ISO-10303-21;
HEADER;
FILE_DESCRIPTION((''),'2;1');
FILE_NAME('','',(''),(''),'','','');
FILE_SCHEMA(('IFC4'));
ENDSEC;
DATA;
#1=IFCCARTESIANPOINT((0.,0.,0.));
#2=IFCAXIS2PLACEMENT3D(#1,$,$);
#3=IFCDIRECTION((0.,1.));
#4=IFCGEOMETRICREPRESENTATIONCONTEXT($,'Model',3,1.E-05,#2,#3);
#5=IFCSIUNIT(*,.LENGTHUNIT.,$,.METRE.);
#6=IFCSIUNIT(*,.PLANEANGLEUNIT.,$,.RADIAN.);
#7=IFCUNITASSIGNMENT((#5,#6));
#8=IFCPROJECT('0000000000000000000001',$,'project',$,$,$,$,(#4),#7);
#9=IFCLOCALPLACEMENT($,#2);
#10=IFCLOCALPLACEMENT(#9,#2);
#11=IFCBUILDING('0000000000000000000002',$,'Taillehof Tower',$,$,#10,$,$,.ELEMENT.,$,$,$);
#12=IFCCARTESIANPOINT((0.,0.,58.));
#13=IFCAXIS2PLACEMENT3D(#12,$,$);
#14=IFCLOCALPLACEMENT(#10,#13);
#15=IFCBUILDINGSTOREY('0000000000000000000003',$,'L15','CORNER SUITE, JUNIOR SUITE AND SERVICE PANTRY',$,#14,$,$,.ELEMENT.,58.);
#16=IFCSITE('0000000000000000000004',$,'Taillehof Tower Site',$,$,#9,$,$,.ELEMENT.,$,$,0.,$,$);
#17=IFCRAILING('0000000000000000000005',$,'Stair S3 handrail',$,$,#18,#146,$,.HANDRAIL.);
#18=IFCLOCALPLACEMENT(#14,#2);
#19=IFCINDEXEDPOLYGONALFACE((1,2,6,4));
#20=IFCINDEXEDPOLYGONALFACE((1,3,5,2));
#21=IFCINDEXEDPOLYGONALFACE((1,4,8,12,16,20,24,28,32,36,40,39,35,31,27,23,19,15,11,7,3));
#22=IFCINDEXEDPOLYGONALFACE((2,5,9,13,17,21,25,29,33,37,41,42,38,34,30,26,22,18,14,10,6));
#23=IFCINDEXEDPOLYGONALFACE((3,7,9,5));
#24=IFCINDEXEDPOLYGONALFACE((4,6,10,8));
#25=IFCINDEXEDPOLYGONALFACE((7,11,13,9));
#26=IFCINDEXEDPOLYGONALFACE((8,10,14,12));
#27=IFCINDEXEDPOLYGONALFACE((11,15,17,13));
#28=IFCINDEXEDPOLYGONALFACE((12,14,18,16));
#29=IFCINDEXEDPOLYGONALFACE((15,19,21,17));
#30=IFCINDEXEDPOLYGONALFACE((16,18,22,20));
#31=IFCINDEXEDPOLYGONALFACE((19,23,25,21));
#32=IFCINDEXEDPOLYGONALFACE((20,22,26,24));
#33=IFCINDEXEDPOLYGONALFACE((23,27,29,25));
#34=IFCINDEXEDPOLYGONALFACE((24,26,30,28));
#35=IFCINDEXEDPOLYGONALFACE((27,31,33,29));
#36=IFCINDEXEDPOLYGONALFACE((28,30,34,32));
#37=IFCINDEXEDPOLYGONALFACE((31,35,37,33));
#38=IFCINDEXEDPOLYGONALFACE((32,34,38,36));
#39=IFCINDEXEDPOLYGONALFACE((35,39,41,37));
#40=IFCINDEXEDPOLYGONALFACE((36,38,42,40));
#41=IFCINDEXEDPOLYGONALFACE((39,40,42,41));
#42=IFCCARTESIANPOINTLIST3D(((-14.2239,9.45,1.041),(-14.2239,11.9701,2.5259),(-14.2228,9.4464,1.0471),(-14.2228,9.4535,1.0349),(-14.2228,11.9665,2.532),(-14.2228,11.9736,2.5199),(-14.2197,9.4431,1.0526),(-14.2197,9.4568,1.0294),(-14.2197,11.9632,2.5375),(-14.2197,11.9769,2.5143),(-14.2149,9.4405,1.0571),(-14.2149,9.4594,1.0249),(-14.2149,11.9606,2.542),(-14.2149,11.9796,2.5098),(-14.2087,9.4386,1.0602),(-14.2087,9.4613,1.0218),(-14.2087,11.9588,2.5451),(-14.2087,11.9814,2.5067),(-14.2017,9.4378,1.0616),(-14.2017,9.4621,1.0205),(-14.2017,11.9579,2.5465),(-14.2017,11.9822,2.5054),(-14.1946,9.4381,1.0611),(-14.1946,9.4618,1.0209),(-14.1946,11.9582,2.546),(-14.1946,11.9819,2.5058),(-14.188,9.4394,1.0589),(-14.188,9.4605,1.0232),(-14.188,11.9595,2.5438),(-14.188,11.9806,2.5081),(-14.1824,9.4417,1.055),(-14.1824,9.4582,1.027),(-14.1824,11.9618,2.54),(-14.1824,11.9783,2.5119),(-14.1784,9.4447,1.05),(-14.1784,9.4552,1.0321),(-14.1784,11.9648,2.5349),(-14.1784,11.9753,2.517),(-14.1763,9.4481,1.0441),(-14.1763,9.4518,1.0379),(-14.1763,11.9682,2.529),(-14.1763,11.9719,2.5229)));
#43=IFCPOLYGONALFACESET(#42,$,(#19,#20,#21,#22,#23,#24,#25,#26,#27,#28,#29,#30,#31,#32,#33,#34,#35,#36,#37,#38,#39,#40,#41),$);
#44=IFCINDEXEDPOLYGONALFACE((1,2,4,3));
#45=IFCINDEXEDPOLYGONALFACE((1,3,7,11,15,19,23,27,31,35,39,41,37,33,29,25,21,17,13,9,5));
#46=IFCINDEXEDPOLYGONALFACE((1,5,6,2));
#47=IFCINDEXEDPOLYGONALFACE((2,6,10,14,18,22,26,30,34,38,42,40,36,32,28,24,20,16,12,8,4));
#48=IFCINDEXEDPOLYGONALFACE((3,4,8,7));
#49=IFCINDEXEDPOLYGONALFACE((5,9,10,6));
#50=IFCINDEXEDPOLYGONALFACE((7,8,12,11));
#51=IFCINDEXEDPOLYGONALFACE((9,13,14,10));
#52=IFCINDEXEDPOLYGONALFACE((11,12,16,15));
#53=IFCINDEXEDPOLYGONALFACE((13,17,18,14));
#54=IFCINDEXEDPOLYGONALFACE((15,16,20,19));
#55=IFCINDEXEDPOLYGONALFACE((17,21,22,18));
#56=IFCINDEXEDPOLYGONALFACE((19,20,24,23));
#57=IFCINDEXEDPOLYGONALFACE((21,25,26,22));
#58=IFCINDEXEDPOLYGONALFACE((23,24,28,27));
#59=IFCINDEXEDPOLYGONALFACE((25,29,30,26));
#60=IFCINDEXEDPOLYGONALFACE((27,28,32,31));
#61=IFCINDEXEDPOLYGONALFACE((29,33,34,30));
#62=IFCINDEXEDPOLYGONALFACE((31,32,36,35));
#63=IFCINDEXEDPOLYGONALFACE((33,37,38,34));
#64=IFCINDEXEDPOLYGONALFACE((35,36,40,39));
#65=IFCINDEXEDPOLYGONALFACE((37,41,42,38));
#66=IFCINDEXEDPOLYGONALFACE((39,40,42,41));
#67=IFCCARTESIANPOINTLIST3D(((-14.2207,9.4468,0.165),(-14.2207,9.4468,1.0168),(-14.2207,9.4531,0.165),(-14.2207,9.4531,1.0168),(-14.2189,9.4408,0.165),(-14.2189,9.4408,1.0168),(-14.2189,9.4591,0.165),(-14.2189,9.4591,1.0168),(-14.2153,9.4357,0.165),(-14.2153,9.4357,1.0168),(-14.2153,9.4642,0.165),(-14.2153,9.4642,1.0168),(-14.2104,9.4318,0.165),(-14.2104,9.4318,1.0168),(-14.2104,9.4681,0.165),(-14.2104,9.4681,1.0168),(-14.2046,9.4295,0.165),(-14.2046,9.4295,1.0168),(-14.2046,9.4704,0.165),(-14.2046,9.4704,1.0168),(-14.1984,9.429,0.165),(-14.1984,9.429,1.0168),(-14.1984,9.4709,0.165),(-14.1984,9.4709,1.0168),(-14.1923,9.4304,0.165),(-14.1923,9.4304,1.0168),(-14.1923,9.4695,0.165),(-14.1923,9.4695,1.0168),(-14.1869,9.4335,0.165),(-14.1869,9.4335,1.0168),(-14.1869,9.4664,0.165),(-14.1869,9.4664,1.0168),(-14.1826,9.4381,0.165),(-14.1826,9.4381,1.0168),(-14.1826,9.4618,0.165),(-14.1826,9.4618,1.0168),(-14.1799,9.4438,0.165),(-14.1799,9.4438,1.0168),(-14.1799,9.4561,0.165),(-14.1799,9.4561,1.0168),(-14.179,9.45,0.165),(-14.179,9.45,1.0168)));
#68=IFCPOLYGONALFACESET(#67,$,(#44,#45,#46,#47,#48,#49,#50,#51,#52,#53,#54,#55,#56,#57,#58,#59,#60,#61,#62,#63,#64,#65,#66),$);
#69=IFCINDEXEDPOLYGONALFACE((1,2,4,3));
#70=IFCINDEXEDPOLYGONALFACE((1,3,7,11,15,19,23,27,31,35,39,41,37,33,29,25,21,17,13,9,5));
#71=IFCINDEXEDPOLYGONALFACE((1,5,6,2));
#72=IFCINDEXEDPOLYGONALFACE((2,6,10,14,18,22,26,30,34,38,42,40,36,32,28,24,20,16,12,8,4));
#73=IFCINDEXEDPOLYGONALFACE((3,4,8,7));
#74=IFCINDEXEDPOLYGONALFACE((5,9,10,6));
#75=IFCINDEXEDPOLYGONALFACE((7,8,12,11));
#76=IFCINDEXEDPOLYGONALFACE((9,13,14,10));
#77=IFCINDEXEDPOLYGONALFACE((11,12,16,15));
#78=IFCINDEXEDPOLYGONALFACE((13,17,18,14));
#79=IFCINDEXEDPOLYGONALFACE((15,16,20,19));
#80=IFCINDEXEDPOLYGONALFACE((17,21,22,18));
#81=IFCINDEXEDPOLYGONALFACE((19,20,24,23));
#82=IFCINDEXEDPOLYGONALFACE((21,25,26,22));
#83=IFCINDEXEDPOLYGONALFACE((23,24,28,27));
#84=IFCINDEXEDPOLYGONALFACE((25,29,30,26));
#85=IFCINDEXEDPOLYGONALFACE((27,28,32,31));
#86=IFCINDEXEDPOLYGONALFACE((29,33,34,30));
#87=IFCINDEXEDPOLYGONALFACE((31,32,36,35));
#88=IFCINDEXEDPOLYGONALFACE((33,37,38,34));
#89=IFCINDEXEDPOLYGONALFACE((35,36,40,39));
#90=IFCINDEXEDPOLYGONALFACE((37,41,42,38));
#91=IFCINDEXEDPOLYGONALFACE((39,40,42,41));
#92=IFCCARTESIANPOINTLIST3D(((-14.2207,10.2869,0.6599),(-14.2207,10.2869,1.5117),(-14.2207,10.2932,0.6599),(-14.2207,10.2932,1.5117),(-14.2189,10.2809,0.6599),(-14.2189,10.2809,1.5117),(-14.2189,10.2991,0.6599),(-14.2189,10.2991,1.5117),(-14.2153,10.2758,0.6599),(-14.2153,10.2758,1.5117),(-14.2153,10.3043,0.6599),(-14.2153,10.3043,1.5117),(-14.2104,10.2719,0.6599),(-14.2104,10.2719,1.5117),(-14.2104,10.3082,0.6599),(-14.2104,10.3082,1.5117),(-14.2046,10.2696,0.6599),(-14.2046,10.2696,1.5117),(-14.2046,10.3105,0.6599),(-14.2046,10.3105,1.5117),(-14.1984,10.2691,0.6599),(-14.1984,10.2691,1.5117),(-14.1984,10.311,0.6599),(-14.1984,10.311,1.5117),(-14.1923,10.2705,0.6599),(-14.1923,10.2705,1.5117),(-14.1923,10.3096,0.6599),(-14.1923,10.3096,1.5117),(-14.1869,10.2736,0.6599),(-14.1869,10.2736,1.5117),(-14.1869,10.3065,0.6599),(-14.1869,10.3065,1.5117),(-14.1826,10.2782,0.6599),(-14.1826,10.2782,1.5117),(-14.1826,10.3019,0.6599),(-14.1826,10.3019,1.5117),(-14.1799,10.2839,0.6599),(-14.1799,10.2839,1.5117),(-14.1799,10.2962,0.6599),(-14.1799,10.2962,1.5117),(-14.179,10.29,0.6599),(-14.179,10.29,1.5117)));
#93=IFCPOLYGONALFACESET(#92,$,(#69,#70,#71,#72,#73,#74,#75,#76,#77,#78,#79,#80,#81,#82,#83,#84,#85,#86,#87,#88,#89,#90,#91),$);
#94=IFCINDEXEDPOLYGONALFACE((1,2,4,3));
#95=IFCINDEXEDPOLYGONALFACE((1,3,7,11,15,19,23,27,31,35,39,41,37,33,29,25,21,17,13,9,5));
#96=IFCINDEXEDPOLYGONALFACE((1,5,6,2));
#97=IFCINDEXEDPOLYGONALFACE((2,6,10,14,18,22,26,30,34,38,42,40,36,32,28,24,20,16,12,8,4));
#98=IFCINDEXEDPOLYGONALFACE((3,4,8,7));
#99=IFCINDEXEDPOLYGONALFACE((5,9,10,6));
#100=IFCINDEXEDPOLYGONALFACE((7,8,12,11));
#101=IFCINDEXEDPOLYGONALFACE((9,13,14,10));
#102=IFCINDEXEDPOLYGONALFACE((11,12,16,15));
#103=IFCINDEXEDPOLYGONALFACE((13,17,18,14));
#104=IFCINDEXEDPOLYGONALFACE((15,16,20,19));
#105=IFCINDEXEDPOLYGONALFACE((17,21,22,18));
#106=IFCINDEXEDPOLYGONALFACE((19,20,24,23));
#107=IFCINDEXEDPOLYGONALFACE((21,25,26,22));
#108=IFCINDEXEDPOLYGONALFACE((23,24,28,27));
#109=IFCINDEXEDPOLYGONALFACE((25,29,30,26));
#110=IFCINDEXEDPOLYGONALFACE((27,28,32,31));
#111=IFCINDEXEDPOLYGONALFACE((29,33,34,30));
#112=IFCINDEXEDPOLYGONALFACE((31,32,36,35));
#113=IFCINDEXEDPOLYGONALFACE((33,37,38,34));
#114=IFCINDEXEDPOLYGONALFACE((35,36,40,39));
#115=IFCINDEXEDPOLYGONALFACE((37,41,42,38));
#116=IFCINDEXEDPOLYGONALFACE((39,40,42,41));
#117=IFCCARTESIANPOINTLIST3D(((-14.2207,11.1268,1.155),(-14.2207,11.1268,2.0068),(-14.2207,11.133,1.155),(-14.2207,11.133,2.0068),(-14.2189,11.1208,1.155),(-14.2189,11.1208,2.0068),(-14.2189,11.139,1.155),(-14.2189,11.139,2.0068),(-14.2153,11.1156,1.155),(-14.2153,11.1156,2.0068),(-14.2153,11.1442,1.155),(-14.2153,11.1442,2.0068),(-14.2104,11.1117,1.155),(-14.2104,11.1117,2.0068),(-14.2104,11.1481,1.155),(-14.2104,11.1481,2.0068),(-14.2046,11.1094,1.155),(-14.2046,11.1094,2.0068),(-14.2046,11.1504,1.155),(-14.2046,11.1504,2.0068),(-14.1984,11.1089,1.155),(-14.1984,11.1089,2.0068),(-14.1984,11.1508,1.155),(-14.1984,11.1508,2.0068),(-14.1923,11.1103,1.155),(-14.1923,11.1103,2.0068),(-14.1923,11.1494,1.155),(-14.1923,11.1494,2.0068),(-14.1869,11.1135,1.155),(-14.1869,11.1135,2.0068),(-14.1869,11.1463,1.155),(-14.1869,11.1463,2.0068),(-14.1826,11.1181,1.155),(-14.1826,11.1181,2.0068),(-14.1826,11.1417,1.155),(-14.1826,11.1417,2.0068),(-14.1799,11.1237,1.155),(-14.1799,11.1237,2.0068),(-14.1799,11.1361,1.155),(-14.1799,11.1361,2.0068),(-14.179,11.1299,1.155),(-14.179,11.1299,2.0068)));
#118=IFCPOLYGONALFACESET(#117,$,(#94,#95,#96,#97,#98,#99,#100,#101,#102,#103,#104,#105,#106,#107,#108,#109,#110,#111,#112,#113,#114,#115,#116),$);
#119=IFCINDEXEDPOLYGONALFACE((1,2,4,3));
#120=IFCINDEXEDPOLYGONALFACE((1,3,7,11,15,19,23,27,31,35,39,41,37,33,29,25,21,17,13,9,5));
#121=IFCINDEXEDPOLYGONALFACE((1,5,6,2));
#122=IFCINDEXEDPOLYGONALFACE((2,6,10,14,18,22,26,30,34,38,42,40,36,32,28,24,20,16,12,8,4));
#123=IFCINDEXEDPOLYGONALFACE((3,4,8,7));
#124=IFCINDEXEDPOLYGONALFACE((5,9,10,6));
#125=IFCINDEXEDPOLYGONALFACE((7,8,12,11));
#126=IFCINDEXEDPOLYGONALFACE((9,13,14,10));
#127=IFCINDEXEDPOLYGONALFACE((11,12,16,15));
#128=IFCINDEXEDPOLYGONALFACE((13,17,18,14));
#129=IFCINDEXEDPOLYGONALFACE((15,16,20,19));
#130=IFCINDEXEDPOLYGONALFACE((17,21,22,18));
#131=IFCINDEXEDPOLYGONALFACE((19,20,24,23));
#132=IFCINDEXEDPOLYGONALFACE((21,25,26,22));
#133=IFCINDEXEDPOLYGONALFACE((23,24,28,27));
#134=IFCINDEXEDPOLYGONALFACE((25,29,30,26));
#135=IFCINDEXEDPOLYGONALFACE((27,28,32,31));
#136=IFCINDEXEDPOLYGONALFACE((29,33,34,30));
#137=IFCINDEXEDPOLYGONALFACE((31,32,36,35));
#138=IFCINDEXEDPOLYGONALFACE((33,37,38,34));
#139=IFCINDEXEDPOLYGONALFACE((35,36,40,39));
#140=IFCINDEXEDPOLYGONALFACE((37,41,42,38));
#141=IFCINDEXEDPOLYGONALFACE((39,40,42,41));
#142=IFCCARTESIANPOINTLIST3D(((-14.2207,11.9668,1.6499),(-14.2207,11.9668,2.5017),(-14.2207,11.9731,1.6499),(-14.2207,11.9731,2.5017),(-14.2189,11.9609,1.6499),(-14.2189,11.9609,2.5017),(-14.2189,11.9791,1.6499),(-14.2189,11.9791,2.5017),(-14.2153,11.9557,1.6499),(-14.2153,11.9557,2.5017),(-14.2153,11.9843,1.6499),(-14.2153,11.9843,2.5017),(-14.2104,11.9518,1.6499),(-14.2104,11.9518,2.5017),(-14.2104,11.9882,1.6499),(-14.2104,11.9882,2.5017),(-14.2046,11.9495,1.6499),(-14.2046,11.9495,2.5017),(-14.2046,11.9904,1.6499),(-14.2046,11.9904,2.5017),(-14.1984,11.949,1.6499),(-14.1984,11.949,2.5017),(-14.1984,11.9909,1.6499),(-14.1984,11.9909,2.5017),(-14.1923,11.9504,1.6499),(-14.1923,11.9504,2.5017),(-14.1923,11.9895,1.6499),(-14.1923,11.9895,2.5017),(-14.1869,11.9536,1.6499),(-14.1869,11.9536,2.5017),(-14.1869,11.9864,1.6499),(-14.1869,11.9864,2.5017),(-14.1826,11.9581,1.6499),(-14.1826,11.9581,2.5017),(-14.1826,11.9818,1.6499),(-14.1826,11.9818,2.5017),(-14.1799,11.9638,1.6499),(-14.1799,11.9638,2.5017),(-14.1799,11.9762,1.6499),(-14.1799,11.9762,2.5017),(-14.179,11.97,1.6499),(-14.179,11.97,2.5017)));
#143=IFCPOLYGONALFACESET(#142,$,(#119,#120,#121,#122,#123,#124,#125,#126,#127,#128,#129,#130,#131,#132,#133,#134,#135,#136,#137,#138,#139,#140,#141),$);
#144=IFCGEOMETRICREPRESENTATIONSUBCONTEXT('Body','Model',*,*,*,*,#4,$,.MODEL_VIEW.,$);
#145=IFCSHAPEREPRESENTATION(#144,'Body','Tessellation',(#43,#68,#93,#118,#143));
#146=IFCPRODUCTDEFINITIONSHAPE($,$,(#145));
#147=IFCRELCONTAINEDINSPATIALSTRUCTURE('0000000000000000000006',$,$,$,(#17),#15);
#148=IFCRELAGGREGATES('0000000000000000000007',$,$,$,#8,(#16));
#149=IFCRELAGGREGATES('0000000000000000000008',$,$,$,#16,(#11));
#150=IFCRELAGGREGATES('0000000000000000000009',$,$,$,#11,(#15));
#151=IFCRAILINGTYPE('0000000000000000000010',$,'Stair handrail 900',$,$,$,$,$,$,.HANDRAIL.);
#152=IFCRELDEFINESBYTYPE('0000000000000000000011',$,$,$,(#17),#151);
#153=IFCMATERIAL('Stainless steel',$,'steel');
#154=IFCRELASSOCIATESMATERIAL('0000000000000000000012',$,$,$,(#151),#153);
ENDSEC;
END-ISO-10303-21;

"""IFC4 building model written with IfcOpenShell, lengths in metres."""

from ifc_helpers import new_model, si_unit, direction, frame, origin, origin_2d, place, context, subcontext, project, spatial, circle, extrude, material, type_object, element, save


model = new_model("IFC4")

# Units and contexts
model_context = context("Model", 3, precision=1e-05, world=origin(), true_north=direction((0.0, 1.0)))
body_context = subcontext(model_context, "Body", "Model", "MODEL_VIEW")
ifc_project = project(units=[si_unit("LENGTHUNIT", "METRE"), si_unit("PLANEANGLEUNIT", "RADIAN")], contexts=[model_context])

# Site, building, storey
site_placement = place(None, origin())
site = spatial("IfcSite", under=ifc_project, at=site_placement, Name="Taillehof Tower Site", CompositionType="ELEMENT", RefElevation=0.0)
building_placement = place(site_placement, origin())
building = spatial("IfcBuilding", under=site, at=building_placement, Name="Taillehof Tower", CompositionType="ELEMENT")
storey_placement = place(building_placement, frame((0.0, 0.0, 58.0)))
storey = spatial("IfcBuildingStorey", under=building, at=storey_placement, Name="L15", Description="CORNER SUITE, JUNIOR SUITE AND SERVICE PANTRY", CompositionType="ELEMENT", Elevation=58.0)

# Railing
ifc_material_1 = material(Name="Stainless steel", Category="steel")
railing_type = type_object("IfcRailingType", Name="Stair handrail 900", PredefinedType="HANDRAIL", material=ifc_material_1)
railing_placement = place(storey_placement, frame((-14.2, 9.45, 0.165)))
element("IfcRailing", 1, at=railing_placement, inside=storey, type_object=railing_type, Name="Stair S3 handrail", PredefinedType="HANDRAIL", context=body_context, shape_type="SweptSolid", body=[
    extrude(circle(Radius=0.0239, at=origin_2d()), frame((0.0, 0.0, 0.876), z_axis=(0.0, 0.861561, 0.507655), x_axis=(-1.0, 0.0, 0.0)), (0.0, 0.0, 1.0), 2.925),
    extrude(circle(Radius=0.021, at=origin_2d()), origin(), (0.0, 0.0, 1.0), 0.8518),
    extrude(circle(Radius=0.021, at=origin_2d()), frame((0.0, 0.8401, 0.4949)), (0.0, 0.0, 1.0), 0.8518),
    extrude(circle(Radius=0.021, at=origin_2d()), frame((0.0, 1.6799, 0.99)), (0.0, 0.0, 1.0), 0.8518),
    extrude(circle(Radius=0.021, at=origin_2d()), frame((0.0, 2.52, 1.4849)), (0.0, 0.0, 1.0), 0.8518),
])

save(model, "model.ifc")
